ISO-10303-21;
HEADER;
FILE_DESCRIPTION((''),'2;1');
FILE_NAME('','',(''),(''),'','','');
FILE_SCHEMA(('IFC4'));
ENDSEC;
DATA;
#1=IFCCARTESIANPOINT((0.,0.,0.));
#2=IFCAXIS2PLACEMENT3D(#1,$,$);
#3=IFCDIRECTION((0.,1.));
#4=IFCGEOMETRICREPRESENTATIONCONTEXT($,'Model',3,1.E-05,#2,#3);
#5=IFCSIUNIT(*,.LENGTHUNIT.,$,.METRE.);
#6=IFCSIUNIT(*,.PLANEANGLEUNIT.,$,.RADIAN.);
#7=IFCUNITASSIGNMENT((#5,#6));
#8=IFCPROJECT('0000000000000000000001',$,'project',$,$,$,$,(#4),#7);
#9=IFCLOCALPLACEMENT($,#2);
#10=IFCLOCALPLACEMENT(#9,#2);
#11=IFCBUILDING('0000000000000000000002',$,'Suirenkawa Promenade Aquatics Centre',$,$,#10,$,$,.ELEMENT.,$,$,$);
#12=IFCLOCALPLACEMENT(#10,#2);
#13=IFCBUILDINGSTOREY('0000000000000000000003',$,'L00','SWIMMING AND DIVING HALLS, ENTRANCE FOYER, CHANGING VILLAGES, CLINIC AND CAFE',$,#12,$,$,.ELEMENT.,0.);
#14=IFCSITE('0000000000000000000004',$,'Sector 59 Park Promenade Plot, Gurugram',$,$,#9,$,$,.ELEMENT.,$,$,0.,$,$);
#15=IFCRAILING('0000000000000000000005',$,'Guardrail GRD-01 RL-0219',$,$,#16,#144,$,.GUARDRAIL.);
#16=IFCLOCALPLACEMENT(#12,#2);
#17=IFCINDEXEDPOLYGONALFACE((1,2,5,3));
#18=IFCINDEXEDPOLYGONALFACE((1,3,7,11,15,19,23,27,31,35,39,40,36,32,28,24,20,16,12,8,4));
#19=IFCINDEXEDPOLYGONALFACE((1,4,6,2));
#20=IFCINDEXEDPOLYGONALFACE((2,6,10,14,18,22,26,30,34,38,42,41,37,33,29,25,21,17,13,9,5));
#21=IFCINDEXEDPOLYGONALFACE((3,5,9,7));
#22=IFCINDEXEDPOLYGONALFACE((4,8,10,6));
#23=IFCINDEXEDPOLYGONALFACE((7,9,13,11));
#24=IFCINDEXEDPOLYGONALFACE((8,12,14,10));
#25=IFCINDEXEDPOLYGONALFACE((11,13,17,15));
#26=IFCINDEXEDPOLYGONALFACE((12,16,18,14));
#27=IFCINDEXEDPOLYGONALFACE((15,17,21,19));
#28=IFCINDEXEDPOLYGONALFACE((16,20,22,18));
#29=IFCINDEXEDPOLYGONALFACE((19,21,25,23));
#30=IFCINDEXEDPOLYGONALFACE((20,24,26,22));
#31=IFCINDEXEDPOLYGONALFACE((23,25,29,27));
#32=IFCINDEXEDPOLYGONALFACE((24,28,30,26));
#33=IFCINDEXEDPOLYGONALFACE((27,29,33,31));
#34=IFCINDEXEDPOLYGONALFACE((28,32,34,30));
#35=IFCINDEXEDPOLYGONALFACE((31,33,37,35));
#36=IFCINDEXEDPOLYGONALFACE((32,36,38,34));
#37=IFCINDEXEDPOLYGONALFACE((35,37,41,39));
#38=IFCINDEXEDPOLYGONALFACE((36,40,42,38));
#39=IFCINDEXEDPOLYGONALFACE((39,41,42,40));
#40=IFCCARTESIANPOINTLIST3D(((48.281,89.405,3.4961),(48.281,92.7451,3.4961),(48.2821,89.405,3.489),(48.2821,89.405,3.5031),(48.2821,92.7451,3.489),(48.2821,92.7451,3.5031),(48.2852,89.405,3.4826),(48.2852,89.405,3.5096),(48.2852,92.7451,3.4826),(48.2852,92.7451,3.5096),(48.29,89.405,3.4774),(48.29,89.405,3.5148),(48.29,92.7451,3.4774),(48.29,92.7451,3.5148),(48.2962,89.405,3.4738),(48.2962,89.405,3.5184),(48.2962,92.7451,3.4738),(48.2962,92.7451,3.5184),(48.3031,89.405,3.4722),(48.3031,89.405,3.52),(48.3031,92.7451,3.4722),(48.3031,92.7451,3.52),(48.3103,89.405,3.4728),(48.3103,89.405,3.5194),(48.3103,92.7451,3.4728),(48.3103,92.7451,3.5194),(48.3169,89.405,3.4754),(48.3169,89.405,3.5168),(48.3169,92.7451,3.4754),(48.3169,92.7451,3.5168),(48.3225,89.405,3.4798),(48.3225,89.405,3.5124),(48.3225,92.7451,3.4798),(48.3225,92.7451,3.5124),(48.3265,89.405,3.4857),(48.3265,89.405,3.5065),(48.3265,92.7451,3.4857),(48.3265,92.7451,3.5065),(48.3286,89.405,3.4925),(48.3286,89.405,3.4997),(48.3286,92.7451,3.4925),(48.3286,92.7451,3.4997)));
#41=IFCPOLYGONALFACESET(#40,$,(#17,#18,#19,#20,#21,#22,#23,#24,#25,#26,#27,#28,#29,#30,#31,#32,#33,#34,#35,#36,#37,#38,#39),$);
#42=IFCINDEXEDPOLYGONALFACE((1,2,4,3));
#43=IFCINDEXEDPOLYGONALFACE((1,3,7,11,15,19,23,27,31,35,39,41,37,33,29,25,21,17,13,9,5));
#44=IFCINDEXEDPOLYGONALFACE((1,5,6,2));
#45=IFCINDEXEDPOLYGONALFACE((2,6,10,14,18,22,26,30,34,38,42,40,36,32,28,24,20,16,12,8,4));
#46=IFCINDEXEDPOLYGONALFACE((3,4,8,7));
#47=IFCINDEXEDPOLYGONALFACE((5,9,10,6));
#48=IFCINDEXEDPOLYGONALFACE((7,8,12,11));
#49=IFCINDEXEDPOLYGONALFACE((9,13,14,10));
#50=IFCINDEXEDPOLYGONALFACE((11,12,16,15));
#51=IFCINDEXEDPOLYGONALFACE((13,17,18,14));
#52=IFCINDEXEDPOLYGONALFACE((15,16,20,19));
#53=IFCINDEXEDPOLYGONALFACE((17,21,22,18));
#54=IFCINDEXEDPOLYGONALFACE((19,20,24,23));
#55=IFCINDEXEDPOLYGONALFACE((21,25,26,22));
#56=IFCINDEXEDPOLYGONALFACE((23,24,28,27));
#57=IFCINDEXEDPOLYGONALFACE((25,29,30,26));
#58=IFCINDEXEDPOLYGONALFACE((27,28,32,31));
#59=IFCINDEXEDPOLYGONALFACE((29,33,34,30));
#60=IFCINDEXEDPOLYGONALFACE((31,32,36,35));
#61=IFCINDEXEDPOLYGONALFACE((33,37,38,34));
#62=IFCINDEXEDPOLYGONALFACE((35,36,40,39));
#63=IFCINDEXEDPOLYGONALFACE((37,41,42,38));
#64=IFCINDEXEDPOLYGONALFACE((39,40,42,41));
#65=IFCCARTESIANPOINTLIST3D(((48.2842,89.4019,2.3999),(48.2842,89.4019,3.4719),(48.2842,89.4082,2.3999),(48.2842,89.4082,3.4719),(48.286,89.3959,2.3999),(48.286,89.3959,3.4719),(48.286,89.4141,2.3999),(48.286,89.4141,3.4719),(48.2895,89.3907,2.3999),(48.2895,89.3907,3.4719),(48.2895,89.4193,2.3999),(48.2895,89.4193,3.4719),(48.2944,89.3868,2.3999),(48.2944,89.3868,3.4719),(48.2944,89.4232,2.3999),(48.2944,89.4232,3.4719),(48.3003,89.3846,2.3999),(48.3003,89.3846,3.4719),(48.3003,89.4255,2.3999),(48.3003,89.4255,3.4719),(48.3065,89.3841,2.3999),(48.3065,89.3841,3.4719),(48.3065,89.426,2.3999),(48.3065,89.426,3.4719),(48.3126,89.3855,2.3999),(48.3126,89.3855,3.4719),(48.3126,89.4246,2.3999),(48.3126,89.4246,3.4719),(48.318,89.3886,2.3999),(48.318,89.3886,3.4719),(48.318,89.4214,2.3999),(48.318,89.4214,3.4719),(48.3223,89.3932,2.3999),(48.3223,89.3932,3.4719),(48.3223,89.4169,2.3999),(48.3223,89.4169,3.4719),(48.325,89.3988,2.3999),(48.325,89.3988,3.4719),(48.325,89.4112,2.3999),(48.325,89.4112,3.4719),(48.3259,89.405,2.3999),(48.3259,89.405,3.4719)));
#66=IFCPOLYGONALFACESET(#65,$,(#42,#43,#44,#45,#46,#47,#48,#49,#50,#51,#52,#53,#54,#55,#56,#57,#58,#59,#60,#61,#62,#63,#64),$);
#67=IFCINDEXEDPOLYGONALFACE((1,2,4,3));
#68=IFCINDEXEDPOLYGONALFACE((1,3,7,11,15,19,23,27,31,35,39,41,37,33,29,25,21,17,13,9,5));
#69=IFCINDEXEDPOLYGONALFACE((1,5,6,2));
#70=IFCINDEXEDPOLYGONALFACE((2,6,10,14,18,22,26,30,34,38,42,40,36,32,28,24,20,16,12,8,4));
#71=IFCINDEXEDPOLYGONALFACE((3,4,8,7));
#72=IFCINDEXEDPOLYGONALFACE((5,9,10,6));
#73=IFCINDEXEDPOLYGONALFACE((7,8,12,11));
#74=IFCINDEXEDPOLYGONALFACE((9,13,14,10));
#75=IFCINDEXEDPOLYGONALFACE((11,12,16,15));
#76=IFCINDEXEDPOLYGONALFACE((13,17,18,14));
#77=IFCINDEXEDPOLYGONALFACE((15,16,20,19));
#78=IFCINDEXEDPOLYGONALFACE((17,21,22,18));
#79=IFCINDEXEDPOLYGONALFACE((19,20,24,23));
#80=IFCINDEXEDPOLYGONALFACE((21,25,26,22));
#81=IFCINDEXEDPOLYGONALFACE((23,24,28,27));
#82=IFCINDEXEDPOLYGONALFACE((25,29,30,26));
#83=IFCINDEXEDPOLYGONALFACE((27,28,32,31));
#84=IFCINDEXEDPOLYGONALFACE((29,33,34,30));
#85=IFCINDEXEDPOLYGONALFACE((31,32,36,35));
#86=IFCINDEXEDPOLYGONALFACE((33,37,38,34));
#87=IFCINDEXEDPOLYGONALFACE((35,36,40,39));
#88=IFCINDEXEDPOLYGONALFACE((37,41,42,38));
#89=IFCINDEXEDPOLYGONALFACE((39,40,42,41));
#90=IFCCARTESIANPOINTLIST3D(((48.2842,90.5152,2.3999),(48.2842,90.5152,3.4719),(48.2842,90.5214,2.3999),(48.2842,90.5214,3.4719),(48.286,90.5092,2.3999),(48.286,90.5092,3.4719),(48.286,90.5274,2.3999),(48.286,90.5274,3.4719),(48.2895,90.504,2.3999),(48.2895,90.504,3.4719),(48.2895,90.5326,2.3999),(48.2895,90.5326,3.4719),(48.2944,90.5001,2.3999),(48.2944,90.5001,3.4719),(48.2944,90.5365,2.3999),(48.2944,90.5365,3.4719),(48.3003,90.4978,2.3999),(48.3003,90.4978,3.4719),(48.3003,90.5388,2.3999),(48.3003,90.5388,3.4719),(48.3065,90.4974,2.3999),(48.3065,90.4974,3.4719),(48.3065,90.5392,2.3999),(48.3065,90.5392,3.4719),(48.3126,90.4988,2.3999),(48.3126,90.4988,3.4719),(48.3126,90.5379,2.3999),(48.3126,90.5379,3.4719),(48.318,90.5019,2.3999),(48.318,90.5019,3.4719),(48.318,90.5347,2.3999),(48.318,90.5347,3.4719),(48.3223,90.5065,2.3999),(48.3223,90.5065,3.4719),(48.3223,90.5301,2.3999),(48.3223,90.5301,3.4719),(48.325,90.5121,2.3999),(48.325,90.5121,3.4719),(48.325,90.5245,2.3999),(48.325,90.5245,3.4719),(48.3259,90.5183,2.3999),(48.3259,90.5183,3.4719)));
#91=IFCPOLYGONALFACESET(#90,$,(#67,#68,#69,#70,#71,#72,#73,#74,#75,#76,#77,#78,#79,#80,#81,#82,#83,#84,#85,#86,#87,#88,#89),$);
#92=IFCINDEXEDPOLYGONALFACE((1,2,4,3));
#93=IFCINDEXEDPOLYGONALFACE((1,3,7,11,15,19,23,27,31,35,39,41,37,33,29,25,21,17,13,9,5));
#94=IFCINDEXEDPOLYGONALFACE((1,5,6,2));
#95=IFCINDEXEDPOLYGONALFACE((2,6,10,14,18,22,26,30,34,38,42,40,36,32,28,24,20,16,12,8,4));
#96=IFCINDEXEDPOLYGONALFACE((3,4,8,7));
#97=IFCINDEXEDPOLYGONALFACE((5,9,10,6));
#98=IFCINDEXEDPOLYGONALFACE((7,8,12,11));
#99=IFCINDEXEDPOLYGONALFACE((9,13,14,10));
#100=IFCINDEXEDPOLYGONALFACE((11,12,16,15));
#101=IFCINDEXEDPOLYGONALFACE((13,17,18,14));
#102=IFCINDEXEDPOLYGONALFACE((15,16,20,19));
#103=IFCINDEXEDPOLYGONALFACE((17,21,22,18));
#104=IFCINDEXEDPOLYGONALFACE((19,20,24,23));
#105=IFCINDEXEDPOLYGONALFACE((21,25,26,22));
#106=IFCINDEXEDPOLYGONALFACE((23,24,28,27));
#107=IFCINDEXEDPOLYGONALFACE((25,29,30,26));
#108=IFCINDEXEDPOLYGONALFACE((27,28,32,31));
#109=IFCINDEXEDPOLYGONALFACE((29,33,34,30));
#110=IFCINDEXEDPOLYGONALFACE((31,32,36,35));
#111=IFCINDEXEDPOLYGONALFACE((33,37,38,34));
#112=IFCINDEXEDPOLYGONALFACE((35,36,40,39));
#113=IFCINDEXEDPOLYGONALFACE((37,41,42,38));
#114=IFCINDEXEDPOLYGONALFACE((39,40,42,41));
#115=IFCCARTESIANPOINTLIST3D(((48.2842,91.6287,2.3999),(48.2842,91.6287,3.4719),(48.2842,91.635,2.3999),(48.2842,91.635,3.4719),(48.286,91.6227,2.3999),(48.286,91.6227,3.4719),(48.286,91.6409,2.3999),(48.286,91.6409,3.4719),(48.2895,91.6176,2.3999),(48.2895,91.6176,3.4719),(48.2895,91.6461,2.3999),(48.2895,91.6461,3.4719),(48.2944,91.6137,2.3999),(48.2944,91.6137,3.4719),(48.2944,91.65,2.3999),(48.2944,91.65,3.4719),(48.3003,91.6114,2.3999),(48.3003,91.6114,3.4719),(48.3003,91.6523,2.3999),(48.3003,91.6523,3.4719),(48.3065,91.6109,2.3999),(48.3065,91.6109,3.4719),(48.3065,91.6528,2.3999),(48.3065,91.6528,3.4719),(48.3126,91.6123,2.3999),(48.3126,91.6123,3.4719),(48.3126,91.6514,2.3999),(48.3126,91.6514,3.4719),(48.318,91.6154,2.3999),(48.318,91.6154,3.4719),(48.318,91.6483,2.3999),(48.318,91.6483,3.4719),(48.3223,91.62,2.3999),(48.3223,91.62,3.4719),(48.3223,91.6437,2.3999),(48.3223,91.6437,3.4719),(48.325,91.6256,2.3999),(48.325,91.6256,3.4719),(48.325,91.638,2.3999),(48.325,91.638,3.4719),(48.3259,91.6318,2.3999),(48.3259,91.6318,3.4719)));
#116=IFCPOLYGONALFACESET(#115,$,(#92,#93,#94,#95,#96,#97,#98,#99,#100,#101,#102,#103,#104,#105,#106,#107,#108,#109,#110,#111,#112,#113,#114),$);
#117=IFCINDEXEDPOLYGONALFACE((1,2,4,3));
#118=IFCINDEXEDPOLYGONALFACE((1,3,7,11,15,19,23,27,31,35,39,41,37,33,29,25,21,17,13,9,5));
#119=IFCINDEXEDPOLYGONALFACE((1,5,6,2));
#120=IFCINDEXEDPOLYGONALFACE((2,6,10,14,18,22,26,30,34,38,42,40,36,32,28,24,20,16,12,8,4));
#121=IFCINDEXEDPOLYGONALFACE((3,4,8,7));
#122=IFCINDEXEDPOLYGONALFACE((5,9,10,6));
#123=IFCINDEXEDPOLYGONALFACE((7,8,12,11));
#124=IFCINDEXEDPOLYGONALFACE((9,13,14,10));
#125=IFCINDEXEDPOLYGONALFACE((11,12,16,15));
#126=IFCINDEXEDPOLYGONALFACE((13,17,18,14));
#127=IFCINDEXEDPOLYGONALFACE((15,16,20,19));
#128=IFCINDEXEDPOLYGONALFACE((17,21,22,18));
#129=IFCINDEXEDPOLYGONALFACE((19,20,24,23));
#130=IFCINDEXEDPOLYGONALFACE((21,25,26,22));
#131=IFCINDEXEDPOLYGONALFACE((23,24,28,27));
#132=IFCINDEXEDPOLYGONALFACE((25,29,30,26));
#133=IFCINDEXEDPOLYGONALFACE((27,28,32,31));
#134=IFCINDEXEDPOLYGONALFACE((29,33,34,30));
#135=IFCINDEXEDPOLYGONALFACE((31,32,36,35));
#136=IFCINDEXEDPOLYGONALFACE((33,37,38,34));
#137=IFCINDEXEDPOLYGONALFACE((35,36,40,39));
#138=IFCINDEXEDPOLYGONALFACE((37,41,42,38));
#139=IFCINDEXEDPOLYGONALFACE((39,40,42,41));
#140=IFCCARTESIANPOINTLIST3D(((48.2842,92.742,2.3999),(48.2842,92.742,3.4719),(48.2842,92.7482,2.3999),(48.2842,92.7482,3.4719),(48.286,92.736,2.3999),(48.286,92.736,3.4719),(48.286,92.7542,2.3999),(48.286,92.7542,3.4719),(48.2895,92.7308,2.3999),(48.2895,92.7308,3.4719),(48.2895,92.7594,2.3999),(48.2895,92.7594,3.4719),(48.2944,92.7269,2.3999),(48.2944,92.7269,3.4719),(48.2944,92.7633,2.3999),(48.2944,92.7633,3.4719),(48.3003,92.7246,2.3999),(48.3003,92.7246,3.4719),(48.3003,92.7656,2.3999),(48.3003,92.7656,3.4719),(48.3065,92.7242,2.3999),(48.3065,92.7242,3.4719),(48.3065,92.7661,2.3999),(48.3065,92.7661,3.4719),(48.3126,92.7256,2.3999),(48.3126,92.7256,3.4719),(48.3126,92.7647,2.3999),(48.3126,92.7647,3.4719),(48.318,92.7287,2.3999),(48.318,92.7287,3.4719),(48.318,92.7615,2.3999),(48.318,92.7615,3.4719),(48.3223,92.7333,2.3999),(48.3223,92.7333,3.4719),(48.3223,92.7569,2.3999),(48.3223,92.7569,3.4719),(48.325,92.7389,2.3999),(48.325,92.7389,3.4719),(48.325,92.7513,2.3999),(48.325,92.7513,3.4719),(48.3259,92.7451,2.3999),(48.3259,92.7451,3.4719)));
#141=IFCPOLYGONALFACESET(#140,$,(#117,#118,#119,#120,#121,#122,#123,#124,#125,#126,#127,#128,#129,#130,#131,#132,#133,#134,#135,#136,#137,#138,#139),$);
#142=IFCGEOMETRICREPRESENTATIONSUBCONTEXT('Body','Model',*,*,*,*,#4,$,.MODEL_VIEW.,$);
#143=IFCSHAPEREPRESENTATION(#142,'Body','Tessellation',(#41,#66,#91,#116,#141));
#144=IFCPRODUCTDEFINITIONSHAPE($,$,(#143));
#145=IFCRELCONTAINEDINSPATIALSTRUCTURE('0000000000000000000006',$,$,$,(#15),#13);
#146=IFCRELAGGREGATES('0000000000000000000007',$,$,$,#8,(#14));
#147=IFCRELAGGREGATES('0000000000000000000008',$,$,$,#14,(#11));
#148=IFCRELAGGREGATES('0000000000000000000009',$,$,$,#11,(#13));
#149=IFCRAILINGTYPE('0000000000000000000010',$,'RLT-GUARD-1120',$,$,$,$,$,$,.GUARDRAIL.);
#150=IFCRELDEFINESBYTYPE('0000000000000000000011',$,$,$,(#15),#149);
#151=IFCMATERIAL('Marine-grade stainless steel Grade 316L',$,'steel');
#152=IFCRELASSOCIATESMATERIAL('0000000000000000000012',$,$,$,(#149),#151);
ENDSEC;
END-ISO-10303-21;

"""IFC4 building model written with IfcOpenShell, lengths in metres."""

from ifc_helpers import new_model, si_unit, direction, frame, origin, origin_2d, place, context, subcontext, project, spatial, circle, extrude, material, type_object, element, save


model = new_model("IFC4")

# Units and contexts
model_context = context("Model", 3, precision=1e-05, world=origin(), true_north=direction((0.0, 1.0)))
body_context = subcontext(model_context, "Body", "Model", "MODEL_VIEW")
ifc_project = project(units=[si_unit("LENGTHUNIT", "METRE"), si_unit("PLANEANGLEUNIT", "RADIAN")], contexts=[model_context])

# Site, building, storey
site_placement = place(None, origin())
site = spatial("IfcSite", under=ifc_project, at=site_placement, Name="Sector 59 Park Promenade Plot, Gurugram", CompositionType="ELEMENT", RefElevation=0.0)
building_placement = place(site_placement, origin())
building = spatial("IfcBuilding", under=site, at=building_placement, Name="Suirenkawa Promenade Aquatics Centre", CompositionType="ELEMENT")
storey_placement = place(building_placement, origin())
storey = spatial("IfcBuildingStorey", under=building, at=storey_placement, Name="L00", Description="SWIMMING AND DIVING HALLS, ENTRANCE FOYER, CHANGING VILLAGES, CLINIC AND CAFE", CompositionType="ELEMENT", Elevation=0.0)

# Railing
ifc_material_1 = material(Name="Marine-grade stainless steel Grade 316L", Category="steel")
railing_type_1 = type_object("IfcRailingType", Name="RLT-GUARD-1120", PredefinedType="GUARDRAIL", material=ifc_material_1)
for number, where, name in (
    (1, (48.3049, 89.405, 2.3999), "Guardrail GRD-01 RL-0219"),
):
    element("IfcRailing", number, at=place(storey_placement, frame(where)), inside=storey, type_object=railing_type_1, Name=name, PredefinedType="GUARDRAIL", context=body_context, shape_type="SweptSolid", body=[
        extrude(circle(Radius=0.0239, at=origin_2d()), frame((0.0, 0.0, 1.0962), z_axis=(0.0, 1.0, 0.0), x_axis=(-1.0, 0.0, 0.0)), (0.0, 0.0, 1.0), 3.3401),
        extrude(circle(Radius=0.021, at=origin_2d()), origin(), (0.0, 0.0, 1.0), 1.072),
        extrude(circle(Radius=0.021, at=origin_2d()), frame((0.0, 1.1133, 0.0)), (0.0, 0.0, 1.0), 1.072),
        extrude(circle(Radius=0.021, at=origin_2d()), frame((0.0, 2.2268, 0.0)), (0.0, 0.0, 1.0), 1.072),
        extrude(circle(Radius=0.021, at=origin_2d()), frame((0.0, 3.3401, 0.0)), (0.0, 0.0, 1.0), 1.072),
    ])

save(model, "model.ifc")
